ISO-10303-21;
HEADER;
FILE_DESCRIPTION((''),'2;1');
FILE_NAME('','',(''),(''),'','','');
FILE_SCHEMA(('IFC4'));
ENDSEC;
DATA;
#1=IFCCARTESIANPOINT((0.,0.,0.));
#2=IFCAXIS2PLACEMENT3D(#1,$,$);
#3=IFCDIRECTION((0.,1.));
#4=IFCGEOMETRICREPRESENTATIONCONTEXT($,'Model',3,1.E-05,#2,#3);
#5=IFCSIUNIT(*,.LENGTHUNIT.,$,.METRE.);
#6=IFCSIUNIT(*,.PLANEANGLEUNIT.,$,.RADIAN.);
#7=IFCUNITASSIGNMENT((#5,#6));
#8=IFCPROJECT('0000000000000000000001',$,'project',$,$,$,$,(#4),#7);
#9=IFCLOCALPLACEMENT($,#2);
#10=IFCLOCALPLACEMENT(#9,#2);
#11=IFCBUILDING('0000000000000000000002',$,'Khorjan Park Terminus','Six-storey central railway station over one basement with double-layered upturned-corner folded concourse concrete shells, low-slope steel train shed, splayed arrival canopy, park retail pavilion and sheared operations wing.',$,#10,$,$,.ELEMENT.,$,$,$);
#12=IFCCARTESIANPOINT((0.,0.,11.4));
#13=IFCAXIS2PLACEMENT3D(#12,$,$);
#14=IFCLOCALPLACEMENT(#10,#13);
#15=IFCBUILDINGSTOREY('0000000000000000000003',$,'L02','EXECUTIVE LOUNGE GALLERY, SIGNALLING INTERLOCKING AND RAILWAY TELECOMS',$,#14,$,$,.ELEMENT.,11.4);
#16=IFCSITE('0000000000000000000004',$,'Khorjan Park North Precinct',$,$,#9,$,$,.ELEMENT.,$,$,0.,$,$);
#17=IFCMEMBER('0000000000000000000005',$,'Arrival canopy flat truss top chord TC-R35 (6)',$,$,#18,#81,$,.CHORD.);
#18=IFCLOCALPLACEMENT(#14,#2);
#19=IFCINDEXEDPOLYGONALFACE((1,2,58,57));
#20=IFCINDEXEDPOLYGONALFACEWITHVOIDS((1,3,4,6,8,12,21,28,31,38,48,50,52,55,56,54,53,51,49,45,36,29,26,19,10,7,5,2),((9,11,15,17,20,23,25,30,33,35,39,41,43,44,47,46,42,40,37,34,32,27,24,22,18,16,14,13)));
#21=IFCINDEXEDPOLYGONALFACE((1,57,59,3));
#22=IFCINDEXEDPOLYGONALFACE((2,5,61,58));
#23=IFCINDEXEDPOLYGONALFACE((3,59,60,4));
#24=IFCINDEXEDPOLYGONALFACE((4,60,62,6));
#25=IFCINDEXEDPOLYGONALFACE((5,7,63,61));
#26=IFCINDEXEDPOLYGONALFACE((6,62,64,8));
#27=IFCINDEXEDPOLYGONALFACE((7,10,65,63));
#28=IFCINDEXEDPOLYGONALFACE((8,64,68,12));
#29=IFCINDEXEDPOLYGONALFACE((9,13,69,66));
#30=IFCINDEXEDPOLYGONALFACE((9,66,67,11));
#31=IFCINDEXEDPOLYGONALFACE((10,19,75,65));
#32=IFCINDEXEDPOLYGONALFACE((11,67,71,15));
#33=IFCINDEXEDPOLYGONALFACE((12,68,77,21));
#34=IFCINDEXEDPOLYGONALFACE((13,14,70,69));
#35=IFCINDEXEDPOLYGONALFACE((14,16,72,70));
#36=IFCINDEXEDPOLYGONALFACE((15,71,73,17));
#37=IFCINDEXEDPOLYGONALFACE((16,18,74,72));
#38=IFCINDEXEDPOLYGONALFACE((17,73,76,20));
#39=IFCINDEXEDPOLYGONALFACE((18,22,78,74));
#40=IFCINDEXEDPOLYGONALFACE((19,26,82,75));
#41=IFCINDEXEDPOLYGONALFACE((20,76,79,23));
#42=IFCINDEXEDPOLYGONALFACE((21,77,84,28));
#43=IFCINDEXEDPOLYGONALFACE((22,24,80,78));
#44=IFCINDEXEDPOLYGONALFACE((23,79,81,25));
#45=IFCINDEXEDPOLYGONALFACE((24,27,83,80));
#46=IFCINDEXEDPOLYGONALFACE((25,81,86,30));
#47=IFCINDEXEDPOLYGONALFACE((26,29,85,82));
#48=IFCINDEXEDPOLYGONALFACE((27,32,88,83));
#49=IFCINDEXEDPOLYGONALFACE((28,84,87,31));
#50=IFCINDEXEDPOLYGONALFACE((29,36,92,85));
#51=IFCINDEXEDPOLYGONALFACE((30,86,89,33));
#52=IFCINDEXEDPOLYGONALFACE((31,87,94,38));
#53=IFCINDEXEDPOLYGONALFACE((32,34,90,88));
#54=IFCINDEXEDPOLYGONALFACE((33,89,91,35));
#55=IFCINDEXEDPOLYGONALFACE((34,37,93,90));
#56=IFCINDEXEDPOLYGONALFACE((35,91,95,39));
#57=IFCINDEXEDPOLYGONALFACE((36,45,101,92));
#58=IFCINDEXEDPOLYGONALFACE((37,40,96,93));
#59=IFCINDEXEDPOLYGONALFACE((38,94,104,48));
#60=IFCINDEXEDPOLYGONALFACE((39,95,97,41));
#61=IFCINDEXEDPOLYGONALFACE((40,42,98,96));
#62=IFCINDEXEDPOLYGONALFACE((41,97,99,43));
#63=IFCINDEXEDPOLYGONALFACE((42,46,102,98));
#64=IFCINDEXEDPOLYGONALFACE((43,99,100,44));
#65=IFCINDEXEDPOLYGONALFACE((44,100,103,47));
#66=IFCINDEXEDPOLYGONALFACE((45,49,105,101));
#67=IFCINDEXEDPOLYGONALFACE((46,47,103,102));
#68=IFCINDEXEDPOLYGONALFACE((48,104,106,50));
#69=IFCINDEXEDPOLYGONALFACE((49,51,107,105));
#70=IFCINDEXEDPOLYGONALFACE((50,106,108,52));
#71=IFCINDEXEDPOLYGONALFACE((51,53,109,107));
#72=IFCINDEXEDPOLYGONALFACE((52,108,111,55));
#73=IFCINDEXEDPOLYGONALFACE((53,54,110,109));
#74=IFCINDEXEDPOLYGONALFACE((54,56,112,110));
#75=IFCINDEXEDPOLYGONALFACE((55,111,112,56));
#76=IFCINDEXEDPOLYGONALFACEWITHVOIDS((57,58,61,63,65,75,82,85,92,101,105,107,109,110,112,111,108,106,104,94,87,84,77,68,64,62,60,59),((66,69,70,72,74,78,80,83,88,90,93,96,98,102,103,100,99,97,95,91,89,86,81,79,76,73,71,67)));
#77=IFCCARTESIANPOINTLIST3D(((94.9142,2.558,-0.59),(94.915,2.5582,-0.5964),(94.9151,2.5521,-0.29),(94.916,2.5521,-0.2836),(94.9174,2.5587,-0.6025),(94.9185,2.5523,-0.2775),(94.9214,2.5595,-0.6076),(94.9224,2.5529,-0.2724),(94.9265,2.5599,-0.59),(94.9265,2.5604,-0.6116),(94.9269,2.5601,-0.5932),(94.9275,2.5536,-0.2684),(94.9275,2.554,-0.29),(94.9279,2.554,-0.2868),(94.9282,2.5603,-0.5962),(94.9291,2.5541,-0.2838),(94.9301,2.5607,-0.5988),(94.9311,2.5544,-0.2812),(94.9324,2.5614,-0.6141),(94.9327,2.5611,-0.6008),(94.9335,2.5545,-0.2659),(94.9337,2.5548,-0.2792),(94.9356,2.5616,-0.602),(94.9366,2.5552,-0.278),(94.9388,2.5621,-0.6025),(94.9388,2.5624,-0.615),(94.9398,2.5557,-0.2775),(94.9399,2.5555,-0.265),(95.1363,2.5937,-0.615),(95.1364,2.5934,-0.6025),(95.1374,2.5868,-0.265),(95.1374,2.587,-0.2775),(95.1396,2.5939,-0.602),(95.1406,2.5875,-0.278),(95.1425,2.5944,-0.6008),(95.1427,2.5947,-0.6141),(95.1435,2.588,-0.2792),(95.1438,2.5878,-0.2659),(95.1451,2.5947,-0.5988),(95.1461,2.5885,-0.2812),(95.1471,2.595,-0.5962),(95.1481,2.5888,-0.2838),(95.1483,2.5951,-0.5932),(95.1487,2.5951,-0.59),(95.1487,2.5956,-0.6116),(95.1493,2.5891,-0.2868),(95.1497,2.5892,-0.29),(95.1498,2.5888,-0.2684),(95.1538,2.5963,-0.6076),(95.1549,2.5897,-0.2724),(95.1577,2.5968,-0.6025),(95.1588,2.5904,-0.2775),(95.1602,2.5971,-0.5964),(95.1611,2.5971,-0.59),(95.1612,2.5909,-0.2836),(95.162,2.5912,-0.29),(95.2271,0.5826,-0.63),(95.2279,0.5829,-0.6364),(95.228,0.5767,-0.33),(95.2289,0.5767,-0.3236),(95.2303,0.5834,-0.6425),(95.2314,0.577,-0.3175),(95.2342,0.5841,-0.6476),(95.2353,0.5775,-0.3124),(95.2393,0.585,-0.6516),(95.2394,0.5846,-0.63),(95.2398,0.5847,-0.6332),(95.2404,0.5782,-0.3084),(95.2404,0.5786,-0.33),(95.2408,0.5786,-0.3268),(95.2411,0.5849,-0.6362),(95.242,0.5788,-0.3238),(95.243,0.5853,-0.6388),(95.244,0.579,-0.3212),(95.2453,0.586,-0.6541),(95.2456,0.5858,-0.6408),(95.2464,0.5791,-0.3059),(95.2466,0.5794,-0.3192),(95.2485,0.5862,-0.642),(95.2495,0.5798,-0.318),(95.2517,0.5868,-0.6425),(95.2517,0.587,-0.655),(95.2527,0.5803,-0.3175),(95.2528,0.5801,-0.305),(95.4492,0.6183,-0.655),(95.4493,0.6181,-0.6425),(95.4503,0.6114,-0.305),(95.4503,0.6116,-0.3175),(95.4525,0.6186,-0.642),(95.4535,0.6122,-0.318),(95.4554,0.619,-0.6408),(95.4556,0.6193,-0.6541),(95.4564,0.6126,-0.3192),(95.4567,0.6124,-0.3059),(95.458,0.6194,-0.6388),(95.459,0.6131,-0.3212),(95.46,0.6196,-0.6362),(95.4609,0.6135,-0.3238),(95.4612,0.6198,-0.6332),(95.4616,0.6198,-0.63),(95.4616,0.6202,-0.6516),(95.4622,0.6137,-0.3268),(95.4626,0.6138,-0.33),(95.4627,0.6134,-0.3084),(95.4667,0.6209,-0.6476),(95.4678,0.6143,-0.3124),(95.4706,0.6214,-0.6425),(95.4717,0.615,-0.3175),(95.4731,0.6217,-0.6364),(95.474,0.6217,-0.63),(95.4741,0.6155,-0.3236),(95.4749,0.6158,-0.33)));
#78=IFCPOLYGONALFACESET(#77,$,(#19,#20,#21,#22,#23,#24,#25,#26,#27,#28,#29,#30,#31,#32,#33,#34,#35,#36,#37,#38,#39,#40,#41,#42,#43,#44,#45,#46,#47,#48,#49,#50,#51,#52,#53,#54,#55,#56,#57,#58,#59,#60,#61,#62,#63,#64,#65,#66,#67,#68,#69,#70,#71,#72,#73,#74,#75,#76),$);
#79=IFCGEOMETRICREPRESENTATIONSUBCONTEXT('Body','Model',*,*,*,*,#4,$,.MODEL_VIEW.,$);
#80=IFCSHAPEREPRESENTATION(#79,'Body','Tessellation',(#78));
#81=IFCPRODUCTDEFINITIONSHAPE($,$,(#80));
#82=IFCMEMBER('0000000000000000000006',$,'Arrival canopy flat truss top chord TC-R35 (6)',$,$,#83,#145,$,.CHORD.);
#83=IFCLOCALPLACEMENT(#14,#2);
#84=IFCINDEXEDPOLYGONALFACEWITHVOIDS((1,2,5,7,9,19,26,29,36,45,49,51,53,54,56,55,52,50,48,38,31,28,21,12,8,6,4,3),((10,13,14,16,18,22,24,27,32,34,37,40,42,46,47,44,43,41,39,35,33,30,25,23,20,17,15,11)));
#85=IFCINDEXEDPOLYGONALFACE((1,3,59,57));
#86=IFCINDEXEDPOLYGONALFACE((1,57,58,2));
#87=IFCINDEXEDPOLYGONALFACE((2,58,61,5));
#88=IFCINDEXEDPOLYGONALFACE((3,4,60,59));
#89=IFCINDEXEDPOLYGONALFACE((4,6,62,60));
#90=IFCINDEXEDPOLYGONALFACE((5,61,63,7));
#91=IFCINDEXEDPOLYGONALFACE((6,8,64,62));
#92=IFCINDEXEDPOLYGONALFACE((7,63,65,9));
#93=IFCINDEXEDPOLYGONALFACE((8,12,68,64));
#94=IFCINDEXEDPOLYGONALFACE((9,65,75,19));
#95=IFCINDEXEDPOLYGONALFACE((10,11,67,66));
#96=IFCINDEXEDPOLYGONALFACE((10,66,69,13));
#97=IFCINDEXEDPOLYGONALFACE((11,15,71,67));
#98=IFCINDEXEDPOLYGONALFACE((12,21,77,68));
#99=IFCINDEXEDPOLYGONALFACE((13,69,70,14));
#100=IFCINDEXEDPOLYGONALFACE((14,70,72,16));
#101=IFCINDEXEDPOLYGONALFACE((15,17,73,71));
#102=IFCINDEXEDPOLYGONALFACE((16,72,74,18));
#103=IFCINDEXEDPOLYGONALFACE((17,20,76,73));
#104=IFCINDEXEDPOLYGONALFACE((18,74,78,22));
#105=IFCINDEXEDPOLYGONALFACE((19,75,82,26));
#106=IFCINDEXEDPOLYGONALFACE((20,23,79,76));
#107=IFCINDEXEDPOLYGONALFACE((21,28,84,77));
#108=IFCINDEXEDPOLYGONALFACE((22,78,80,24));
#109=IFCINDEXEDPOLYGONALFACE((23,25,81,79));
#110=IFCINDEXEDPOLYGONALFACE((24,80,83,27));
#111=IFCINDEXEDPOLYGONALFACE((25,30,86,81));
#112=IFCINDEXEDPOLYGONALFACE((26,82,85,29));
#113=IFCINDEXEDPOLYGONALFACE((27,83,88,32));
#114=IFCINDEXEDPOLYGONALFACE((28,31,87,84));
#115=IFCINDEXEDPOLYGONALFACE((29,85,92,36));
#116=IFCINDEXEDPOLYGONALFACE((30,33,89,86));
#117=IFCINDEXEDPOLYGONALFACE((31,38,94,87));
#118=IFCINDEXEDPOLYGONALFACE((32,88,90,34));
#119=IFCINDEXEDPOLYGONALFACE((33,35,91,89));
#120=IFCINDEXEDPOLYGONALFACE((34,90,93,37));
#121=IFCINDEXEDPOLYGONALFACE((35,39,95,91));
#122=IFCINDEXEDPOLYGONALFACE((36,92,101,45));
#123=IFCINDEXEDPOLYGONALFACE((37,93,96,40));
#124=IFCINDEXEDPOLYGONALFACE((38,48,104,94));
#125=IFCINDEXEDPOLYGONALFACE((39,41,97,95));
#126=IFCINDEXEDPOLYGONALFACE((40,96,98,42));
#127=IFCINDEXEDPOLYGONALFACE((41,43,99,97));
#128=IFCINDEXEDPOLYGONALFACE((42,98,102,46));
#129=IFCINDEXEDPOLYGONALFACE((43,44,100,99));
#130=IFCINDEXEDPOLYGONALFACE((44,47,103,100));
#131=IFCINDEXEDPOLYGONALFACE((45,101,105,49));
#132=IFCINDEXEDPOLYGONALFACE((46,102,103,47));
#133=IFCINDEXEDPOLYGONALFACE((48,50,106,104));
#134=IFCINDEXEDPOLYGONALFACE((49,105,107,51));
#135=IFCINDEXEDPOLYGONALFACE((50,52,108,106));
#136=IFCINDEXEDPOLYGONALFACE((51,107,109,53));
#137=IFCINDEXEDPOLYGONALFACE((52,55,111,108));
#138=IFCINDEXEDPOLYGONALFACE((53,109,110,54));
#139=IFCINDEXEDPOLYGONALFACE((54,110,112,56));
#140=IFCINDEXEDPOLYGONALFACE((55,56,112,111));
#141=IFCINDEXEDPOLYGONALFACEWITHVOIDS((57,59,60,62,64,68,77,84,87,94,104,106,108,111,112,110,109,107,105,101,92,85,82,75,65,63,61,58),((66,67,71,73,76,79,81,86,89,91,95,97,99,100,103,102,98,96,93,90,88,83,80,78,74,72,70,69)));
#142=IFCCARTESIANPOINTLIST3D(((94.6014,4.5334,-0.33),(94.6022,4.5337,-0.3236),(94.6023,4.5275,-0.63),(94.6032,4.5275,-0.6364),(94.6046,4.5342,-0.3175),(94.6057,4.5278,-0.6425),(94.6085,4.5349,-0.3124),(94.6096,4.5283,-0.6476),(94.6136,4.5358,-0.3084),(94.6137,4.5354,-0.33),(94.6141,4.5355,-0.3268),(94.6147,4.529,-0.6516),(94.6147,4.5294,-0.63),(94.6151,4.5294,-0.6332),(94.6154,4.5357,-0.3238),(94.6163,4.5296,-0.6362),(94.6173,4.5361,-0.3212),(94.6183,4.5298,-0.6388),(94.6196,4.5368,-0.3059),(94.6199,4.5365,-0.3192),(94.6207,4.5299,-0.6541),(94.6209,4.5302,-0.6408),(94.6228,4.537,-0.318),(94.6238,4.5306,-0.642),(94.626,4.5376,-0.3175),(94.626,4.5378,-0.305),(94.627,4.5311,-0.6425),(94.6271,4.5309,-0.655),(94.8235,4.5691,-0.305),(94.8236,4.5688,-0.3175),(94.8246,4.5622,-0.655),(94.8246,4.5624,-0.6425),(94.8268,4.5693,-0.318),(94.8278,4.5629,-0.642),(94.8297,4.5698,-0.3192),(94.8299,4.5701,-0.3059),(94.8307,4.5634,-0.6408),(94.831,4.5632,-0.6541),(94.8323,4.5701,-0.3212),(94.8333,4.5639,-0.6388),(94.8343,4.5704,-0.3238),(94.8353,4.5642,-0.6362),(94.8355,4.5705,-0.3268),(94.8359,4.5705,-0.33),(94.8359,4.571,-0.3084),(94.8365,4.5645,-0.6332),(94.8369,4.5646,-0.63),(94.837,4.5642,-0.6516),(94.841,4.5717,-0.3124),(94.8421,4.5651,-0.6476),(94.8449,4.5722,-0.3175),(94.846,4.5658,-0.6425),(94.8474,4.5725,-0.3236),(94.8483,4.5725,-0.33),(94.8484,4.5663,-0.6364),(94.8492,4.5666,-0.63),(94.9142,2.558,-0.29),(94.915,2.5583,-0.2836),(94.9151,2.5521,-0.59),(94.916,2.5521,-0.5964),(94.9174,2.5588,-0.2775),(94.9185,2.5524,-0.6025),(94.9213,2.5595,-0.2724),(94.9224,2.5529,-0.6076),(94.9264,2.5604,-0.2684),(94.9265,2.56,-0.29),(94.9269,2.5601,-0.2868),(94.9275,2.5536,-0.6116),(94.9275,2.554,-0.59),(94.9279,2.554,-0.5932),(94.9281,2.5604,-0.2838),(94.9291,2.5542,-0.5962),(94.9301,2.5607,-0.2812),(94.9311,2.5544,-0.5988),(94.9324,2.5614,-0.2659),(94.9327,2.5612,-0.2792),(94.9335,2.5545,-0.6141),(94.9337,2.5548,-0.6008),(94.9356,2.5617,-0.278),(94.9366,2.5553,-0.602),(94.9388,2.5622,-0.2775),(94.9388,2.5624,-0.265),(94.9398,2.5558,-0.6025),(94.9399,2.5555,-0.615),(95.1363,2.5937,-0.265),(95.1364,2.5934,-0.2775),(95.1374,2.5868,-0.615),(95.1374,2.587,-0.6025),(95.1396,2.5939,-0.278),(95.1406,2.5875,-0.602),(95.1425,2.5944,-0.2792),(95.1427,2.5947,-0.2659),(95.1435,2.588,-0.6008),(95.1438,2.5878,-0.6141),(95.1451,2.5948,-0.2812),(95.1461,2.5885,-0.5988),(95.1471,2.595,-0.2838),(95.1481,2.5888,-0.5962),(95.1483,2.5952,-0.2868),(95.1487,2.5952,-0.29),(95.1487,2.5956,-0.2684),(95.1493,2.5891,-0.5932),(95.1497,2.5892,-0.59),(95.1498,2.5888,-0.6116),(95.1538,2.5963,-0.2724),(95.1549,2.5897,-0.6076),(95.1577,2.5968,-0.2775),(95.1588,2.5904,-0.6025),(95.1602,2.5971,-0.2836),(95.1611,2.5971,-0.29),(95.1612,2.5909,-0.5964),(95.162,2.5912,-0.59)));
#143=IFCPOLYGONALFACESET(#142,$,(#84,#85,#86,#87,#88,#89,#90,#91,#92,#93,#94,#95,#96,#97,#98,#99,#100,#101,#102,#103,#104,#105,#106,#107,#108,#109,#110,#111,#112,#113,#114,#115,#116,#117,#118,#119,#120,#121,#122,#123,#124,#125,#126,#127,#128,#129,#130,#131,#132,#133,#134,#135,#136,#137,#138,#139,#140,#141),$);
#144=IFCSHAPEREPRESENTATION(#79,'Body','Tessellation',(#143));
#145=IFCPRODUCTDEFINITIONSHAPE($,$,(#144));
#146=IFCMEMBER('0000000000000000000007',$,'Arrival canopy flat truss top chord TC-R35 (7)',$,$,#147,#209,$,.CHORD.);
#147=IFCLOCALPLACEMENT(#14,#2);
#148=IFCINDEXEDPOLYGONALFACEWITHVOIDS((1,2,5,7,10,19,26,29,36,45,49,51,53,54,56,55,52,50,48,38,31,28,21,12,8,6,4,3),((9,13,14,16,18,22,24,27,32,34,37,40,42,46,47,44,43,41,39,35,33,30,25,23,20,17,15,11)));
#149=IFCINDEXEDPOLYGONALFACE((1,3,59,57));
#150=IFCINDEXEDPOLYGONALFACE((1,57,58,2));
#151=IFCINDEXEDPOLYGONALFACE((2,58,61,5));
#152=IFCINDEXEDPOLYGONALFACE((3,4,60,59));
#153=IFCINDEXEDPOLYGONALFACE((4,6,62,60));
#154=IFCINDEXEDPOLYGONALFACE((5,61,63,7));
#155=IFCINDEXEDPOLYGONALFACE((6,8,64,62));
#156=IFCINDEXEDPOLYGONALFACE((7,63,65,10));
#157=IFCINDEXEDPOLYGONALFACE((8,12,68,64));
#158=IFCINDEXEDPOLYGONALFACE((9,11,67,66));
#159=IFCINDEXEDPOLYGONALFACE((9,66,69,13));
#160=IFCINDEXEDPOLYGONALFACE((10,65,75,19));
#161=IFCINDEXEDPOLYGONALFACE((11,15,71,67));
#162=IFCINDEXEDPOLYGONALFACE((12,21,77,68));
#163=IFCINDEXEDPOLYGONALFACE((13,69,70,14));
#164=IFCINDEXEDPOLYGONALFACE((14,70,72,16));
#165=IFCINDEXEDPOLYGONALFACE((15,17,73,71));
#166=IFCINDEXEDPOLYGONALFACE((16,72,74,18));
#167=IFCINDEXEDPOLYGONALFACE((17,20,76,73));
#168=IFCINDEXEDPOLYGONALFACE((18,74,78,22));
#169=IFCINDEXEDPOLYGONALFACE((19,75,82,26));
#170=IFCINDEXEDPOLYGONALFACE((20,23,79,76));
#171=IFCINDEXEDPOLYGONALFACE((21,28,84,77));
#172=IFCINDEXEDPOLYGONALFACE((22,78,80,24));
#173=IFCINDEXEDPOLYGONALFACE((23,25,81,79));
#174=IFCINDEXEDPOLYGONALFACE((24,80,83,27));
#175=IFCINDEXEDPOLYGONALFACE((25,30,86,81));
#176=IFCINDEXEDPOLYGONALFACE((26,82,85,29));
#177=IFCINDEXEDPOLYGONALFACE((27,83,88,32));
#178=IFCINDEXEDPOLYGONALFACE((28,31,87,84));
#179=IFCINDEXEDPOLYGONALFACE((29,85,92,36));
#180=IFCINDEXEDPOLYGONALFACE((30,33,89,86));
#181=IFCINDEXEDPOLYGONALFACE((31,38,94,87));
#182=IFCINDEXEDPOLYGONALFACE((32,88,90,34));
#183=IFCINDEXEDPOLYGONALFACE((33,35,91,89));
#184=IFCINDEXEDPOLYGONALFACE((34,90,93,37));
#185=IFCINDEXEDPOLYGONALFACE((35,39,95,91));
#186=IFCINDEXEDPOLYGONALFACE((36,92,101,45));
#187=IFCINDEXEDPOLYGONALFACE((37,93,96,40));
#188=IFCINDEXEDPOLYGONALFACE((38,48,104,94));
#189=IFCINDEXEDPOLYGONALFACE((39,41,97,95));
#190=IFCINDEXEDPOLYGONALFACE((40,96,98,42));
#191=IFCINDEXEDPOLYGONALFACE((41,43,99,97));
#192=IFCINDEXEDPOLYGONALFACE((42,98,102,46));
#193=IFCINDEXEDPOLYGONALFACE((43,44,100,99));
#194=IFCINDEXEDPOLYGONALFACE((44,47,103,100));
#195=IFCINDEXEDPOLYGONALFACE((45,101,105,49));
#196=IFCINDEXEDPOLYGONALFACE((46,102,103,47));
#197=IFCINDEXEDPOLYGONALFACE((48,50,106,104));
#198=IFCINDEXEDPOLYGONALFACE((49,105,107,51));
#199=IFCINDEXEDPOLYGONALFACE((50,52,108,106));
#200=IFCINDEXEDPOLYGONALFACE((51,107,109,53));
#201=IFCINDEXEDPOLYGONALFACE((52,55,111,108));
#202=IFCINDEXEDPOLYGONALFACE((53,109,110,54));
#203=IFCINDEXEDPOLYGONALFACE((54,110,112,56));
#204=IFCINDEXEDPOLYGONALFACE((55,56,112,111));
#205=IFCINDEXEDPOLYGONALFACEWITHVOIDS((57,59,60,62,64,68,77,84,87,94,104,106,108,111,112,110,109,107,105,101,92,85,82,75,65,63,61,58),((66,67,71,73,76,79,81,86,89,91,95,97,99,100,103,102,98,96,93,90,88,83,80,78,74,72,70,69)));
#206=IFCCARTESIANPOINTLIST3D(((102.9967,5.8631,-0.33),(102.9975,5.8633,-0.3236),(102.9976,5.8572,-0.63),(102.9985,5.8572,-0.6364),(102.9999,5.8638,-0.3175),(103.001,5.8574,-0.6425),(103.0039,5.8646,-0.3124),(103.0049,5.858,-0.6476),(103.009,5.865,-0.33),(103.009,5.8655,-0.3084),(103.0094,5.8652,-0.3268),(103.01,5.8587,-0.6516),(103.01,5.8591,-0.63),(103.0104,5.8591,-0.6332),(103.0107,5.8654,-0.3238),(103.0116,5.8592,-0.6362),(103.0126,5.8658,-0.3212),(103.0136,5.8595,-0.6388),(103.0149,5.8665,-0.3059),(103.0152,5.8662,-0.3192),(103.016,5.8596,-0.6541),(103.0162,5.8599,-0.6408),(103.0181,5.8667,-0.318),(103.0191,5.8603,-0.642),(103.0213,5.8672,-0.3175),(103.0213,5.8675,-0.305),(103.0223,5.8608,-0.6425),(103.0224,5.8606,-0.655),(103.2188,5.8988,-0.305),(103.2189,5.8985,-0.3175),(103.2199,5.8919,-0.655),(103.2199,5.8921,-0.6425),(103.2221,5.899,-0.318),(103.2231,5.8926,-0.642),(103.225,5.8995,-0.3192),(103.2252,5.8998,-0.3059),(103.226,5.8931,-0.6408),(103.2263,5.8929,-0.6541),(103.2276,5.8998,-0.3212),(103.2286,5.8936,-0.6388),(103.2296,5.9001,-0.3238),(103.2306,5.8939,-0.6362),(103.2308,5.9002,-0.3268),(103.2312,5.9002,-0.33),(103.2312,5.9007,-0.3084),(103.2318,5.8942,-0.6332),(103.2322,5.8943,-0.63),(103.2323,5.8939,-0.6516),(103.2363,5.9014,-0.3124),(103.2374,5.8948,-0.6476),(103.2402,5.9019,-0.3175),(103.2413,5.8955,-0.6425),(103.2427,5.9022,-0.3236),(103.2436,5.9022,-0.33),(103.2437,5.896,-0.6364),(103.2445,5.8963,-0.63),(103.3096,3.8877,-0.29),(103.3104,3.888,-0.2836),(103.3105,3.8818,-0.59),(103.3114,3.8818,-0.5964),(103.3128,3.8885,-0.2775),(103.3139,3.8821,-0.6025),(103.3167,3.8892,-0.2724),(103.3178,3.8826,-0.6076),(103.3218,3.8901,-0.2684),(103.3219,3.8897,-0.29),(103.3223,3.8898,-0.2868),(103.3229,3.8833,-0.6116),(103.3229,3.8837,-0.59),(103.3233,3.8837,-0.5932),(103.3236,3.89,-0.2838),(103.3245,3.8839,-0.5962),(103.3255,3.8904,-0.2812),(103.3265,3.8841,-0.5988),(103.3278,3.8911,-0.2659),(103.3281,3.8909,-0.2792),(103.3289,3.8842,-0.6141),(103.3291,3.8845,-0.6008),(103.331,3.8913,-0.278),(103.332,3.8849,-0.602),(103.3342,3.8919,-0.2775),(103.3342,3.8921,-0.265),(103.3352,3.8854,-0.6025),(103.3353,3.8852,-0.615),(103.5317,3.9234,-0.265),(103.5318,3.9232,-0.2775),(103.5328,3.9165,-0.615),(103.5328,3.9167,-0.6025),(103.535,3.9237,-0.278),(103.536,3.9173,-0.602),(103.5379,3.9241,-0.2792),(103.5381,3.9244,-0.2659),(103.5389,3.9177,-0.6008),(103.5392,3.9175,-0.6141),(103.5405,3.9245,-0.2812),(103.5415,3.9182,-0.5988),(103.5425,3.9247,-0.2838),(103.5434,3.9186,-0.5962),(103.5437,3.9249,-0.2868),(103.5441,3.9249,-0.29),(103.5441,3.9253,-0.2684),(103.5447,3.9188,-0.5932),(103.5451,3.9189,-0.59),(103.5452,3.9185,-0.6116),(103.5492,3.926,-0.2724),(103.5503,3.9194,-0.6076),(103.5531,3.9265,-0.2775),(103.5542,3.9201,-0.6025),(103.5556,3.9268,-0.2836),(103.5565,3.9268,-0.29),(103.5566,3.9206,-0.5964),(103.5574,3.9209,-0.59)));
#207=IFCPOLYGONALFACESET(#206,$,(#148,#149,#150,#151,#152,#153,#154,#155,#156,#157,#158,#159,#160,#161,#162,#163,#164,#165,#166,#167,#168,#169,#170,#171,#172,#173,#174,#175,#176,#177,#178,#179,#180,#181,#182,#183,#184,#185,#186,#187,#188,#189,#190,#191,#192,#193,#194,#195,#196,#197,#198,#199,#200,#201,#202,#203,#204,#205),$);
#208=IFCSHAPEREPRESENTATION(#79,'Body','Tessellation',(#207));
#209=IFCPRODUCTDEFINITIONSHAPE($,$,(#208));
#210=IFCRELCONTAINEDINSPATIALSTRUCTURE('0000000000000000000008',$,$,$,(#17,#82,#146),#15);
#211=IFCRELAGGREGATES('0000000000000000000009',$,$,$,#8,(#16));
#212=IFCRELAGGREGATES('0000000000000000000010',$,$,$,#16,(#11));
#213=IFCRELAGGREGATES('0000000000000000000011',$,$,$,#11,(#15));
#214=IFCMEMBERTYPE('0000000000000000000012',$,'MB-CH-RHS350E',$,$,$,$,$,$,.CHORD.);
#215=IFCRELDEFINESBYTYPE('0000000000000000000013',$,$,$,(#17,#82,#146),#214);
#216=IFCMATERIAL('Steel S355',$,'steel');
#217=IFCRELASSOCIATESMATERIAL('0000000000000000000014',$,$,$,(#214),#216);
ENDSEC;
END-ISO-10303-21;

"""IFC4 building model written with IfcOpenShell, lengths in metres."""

from ifc_helpers import new_model, si_unit, direction, frame, origin, origin_2d, place, context, subcontext, project, spatial, hollow_rectangle, extrude, material, material_profile, profile_set, type_object, element, save


model = new_model("IFC4")

# Units and contexts
model_context = context("Model", 3, precision=1e-05, world=origin(), true_north=direction((0.0, 1.0)))
body_context = subcontext(model_context, "Body", "Model", "MODEL_VIEW")
ifc_project = project(units=[si_unit("LENGTHUNIT", "METRE"), si_unit("PLANEANGLEUNIT", "RADIAN")], contexts=[model_context])

# Site, building, storey
site_placement = place(None, origin())
site = spatial("IfcSite", under=ifc_project, at=site_placement, Name="Khorjan Park North Precinct", CompositionType="ELEMENT", RefElevation=0.0)
building_placement = place(site_placement, origin())
building = spatial("IfcBuilding", under=site, at=building_placement, Name="Khorjan Park Terminus", Description="Six-storey central railway station over one basement with double-layered upturned-corner folded concourse concrete shells, low-slope steel train shed, splayed arrival canopy, park retail pavilion and sheared operations wing.", CompositionType="ELEMENT")
storey_placement = place(building_placement, frame((0.0, 0.0, 11.4)))
storey = spatial("IfcBuildingStorey", under=building, at=storey_placement, Name="L02", Description="EXECUTIVE LOUNGE GALLERY, SIGNALLING INTERLOCKING AND RAILWAY TELECOMS", CompositionType="ELEMENT", Elevation=11.4)

# Members
ifc_material = material(Name="Steel S355", Category="steel")
ifc_material_profile_1 = material_profile(ifc_material, hollow_rectangle(XDim=0.25, YDim=0.35, WallThickness=0.0125, InnerFilletRadius=0.0125, OuterFilletRadius=0.025, at=origin_2d()), Name="RHS 350x250x12.5")
ifc_profile_set_1 = profile_set([ifc_material_profile_1], Name="Steel S355")
member_type_1 = type_object("IfcMemberType", Name="MB-CH-RHS350E", PredefinedType="CHORD", material=ifc_profile_set_1)
for number, where, z_axis, x_axis, name in (
    (1, (95.351, 0.5992, -0.48), (-0.156417, 0.987489, 0.019996), (-0.987686, -0.156448, 0.0), "Arrival canopy flat truss top chord TC-R35 (6)"),
    (2, (95.0381, 2.5746, -0.44), (-0.156368, 0.987496, -0.019996), (-0.987694, -0.156399, 0.0), "Arrival canopy flat truss top chord TC-R35 (6)"),
    (3, (103.4335, 3.9043, -0.44), (-0.156417, 0.987489, -0.019996), (-0.987686, -0.156448, 0.0), "Arrival canopy flat truss top chord TC-R35 (7)"),
):
    element("IfcMember", number, at=place(storey_placement, frame(where, z_axis=z_axis, x_axis=x_axis)), inside=storey, type_object=member_type_1, Name=name, PredefinedType="CHORD", context=body_context, shape_type="SweptSolid", body=[
        extrude(hollow_rectangle(XDim=0.25, YDim=0.35, WallThickness=0.0125, InnerFilletRadius=0.0125, OuterFilletRadius=0.025, at=origin_2d()), origin(), (0.0, 0.0, 1.0), 2.0004),
    ])

save(model, "model.ifc")
